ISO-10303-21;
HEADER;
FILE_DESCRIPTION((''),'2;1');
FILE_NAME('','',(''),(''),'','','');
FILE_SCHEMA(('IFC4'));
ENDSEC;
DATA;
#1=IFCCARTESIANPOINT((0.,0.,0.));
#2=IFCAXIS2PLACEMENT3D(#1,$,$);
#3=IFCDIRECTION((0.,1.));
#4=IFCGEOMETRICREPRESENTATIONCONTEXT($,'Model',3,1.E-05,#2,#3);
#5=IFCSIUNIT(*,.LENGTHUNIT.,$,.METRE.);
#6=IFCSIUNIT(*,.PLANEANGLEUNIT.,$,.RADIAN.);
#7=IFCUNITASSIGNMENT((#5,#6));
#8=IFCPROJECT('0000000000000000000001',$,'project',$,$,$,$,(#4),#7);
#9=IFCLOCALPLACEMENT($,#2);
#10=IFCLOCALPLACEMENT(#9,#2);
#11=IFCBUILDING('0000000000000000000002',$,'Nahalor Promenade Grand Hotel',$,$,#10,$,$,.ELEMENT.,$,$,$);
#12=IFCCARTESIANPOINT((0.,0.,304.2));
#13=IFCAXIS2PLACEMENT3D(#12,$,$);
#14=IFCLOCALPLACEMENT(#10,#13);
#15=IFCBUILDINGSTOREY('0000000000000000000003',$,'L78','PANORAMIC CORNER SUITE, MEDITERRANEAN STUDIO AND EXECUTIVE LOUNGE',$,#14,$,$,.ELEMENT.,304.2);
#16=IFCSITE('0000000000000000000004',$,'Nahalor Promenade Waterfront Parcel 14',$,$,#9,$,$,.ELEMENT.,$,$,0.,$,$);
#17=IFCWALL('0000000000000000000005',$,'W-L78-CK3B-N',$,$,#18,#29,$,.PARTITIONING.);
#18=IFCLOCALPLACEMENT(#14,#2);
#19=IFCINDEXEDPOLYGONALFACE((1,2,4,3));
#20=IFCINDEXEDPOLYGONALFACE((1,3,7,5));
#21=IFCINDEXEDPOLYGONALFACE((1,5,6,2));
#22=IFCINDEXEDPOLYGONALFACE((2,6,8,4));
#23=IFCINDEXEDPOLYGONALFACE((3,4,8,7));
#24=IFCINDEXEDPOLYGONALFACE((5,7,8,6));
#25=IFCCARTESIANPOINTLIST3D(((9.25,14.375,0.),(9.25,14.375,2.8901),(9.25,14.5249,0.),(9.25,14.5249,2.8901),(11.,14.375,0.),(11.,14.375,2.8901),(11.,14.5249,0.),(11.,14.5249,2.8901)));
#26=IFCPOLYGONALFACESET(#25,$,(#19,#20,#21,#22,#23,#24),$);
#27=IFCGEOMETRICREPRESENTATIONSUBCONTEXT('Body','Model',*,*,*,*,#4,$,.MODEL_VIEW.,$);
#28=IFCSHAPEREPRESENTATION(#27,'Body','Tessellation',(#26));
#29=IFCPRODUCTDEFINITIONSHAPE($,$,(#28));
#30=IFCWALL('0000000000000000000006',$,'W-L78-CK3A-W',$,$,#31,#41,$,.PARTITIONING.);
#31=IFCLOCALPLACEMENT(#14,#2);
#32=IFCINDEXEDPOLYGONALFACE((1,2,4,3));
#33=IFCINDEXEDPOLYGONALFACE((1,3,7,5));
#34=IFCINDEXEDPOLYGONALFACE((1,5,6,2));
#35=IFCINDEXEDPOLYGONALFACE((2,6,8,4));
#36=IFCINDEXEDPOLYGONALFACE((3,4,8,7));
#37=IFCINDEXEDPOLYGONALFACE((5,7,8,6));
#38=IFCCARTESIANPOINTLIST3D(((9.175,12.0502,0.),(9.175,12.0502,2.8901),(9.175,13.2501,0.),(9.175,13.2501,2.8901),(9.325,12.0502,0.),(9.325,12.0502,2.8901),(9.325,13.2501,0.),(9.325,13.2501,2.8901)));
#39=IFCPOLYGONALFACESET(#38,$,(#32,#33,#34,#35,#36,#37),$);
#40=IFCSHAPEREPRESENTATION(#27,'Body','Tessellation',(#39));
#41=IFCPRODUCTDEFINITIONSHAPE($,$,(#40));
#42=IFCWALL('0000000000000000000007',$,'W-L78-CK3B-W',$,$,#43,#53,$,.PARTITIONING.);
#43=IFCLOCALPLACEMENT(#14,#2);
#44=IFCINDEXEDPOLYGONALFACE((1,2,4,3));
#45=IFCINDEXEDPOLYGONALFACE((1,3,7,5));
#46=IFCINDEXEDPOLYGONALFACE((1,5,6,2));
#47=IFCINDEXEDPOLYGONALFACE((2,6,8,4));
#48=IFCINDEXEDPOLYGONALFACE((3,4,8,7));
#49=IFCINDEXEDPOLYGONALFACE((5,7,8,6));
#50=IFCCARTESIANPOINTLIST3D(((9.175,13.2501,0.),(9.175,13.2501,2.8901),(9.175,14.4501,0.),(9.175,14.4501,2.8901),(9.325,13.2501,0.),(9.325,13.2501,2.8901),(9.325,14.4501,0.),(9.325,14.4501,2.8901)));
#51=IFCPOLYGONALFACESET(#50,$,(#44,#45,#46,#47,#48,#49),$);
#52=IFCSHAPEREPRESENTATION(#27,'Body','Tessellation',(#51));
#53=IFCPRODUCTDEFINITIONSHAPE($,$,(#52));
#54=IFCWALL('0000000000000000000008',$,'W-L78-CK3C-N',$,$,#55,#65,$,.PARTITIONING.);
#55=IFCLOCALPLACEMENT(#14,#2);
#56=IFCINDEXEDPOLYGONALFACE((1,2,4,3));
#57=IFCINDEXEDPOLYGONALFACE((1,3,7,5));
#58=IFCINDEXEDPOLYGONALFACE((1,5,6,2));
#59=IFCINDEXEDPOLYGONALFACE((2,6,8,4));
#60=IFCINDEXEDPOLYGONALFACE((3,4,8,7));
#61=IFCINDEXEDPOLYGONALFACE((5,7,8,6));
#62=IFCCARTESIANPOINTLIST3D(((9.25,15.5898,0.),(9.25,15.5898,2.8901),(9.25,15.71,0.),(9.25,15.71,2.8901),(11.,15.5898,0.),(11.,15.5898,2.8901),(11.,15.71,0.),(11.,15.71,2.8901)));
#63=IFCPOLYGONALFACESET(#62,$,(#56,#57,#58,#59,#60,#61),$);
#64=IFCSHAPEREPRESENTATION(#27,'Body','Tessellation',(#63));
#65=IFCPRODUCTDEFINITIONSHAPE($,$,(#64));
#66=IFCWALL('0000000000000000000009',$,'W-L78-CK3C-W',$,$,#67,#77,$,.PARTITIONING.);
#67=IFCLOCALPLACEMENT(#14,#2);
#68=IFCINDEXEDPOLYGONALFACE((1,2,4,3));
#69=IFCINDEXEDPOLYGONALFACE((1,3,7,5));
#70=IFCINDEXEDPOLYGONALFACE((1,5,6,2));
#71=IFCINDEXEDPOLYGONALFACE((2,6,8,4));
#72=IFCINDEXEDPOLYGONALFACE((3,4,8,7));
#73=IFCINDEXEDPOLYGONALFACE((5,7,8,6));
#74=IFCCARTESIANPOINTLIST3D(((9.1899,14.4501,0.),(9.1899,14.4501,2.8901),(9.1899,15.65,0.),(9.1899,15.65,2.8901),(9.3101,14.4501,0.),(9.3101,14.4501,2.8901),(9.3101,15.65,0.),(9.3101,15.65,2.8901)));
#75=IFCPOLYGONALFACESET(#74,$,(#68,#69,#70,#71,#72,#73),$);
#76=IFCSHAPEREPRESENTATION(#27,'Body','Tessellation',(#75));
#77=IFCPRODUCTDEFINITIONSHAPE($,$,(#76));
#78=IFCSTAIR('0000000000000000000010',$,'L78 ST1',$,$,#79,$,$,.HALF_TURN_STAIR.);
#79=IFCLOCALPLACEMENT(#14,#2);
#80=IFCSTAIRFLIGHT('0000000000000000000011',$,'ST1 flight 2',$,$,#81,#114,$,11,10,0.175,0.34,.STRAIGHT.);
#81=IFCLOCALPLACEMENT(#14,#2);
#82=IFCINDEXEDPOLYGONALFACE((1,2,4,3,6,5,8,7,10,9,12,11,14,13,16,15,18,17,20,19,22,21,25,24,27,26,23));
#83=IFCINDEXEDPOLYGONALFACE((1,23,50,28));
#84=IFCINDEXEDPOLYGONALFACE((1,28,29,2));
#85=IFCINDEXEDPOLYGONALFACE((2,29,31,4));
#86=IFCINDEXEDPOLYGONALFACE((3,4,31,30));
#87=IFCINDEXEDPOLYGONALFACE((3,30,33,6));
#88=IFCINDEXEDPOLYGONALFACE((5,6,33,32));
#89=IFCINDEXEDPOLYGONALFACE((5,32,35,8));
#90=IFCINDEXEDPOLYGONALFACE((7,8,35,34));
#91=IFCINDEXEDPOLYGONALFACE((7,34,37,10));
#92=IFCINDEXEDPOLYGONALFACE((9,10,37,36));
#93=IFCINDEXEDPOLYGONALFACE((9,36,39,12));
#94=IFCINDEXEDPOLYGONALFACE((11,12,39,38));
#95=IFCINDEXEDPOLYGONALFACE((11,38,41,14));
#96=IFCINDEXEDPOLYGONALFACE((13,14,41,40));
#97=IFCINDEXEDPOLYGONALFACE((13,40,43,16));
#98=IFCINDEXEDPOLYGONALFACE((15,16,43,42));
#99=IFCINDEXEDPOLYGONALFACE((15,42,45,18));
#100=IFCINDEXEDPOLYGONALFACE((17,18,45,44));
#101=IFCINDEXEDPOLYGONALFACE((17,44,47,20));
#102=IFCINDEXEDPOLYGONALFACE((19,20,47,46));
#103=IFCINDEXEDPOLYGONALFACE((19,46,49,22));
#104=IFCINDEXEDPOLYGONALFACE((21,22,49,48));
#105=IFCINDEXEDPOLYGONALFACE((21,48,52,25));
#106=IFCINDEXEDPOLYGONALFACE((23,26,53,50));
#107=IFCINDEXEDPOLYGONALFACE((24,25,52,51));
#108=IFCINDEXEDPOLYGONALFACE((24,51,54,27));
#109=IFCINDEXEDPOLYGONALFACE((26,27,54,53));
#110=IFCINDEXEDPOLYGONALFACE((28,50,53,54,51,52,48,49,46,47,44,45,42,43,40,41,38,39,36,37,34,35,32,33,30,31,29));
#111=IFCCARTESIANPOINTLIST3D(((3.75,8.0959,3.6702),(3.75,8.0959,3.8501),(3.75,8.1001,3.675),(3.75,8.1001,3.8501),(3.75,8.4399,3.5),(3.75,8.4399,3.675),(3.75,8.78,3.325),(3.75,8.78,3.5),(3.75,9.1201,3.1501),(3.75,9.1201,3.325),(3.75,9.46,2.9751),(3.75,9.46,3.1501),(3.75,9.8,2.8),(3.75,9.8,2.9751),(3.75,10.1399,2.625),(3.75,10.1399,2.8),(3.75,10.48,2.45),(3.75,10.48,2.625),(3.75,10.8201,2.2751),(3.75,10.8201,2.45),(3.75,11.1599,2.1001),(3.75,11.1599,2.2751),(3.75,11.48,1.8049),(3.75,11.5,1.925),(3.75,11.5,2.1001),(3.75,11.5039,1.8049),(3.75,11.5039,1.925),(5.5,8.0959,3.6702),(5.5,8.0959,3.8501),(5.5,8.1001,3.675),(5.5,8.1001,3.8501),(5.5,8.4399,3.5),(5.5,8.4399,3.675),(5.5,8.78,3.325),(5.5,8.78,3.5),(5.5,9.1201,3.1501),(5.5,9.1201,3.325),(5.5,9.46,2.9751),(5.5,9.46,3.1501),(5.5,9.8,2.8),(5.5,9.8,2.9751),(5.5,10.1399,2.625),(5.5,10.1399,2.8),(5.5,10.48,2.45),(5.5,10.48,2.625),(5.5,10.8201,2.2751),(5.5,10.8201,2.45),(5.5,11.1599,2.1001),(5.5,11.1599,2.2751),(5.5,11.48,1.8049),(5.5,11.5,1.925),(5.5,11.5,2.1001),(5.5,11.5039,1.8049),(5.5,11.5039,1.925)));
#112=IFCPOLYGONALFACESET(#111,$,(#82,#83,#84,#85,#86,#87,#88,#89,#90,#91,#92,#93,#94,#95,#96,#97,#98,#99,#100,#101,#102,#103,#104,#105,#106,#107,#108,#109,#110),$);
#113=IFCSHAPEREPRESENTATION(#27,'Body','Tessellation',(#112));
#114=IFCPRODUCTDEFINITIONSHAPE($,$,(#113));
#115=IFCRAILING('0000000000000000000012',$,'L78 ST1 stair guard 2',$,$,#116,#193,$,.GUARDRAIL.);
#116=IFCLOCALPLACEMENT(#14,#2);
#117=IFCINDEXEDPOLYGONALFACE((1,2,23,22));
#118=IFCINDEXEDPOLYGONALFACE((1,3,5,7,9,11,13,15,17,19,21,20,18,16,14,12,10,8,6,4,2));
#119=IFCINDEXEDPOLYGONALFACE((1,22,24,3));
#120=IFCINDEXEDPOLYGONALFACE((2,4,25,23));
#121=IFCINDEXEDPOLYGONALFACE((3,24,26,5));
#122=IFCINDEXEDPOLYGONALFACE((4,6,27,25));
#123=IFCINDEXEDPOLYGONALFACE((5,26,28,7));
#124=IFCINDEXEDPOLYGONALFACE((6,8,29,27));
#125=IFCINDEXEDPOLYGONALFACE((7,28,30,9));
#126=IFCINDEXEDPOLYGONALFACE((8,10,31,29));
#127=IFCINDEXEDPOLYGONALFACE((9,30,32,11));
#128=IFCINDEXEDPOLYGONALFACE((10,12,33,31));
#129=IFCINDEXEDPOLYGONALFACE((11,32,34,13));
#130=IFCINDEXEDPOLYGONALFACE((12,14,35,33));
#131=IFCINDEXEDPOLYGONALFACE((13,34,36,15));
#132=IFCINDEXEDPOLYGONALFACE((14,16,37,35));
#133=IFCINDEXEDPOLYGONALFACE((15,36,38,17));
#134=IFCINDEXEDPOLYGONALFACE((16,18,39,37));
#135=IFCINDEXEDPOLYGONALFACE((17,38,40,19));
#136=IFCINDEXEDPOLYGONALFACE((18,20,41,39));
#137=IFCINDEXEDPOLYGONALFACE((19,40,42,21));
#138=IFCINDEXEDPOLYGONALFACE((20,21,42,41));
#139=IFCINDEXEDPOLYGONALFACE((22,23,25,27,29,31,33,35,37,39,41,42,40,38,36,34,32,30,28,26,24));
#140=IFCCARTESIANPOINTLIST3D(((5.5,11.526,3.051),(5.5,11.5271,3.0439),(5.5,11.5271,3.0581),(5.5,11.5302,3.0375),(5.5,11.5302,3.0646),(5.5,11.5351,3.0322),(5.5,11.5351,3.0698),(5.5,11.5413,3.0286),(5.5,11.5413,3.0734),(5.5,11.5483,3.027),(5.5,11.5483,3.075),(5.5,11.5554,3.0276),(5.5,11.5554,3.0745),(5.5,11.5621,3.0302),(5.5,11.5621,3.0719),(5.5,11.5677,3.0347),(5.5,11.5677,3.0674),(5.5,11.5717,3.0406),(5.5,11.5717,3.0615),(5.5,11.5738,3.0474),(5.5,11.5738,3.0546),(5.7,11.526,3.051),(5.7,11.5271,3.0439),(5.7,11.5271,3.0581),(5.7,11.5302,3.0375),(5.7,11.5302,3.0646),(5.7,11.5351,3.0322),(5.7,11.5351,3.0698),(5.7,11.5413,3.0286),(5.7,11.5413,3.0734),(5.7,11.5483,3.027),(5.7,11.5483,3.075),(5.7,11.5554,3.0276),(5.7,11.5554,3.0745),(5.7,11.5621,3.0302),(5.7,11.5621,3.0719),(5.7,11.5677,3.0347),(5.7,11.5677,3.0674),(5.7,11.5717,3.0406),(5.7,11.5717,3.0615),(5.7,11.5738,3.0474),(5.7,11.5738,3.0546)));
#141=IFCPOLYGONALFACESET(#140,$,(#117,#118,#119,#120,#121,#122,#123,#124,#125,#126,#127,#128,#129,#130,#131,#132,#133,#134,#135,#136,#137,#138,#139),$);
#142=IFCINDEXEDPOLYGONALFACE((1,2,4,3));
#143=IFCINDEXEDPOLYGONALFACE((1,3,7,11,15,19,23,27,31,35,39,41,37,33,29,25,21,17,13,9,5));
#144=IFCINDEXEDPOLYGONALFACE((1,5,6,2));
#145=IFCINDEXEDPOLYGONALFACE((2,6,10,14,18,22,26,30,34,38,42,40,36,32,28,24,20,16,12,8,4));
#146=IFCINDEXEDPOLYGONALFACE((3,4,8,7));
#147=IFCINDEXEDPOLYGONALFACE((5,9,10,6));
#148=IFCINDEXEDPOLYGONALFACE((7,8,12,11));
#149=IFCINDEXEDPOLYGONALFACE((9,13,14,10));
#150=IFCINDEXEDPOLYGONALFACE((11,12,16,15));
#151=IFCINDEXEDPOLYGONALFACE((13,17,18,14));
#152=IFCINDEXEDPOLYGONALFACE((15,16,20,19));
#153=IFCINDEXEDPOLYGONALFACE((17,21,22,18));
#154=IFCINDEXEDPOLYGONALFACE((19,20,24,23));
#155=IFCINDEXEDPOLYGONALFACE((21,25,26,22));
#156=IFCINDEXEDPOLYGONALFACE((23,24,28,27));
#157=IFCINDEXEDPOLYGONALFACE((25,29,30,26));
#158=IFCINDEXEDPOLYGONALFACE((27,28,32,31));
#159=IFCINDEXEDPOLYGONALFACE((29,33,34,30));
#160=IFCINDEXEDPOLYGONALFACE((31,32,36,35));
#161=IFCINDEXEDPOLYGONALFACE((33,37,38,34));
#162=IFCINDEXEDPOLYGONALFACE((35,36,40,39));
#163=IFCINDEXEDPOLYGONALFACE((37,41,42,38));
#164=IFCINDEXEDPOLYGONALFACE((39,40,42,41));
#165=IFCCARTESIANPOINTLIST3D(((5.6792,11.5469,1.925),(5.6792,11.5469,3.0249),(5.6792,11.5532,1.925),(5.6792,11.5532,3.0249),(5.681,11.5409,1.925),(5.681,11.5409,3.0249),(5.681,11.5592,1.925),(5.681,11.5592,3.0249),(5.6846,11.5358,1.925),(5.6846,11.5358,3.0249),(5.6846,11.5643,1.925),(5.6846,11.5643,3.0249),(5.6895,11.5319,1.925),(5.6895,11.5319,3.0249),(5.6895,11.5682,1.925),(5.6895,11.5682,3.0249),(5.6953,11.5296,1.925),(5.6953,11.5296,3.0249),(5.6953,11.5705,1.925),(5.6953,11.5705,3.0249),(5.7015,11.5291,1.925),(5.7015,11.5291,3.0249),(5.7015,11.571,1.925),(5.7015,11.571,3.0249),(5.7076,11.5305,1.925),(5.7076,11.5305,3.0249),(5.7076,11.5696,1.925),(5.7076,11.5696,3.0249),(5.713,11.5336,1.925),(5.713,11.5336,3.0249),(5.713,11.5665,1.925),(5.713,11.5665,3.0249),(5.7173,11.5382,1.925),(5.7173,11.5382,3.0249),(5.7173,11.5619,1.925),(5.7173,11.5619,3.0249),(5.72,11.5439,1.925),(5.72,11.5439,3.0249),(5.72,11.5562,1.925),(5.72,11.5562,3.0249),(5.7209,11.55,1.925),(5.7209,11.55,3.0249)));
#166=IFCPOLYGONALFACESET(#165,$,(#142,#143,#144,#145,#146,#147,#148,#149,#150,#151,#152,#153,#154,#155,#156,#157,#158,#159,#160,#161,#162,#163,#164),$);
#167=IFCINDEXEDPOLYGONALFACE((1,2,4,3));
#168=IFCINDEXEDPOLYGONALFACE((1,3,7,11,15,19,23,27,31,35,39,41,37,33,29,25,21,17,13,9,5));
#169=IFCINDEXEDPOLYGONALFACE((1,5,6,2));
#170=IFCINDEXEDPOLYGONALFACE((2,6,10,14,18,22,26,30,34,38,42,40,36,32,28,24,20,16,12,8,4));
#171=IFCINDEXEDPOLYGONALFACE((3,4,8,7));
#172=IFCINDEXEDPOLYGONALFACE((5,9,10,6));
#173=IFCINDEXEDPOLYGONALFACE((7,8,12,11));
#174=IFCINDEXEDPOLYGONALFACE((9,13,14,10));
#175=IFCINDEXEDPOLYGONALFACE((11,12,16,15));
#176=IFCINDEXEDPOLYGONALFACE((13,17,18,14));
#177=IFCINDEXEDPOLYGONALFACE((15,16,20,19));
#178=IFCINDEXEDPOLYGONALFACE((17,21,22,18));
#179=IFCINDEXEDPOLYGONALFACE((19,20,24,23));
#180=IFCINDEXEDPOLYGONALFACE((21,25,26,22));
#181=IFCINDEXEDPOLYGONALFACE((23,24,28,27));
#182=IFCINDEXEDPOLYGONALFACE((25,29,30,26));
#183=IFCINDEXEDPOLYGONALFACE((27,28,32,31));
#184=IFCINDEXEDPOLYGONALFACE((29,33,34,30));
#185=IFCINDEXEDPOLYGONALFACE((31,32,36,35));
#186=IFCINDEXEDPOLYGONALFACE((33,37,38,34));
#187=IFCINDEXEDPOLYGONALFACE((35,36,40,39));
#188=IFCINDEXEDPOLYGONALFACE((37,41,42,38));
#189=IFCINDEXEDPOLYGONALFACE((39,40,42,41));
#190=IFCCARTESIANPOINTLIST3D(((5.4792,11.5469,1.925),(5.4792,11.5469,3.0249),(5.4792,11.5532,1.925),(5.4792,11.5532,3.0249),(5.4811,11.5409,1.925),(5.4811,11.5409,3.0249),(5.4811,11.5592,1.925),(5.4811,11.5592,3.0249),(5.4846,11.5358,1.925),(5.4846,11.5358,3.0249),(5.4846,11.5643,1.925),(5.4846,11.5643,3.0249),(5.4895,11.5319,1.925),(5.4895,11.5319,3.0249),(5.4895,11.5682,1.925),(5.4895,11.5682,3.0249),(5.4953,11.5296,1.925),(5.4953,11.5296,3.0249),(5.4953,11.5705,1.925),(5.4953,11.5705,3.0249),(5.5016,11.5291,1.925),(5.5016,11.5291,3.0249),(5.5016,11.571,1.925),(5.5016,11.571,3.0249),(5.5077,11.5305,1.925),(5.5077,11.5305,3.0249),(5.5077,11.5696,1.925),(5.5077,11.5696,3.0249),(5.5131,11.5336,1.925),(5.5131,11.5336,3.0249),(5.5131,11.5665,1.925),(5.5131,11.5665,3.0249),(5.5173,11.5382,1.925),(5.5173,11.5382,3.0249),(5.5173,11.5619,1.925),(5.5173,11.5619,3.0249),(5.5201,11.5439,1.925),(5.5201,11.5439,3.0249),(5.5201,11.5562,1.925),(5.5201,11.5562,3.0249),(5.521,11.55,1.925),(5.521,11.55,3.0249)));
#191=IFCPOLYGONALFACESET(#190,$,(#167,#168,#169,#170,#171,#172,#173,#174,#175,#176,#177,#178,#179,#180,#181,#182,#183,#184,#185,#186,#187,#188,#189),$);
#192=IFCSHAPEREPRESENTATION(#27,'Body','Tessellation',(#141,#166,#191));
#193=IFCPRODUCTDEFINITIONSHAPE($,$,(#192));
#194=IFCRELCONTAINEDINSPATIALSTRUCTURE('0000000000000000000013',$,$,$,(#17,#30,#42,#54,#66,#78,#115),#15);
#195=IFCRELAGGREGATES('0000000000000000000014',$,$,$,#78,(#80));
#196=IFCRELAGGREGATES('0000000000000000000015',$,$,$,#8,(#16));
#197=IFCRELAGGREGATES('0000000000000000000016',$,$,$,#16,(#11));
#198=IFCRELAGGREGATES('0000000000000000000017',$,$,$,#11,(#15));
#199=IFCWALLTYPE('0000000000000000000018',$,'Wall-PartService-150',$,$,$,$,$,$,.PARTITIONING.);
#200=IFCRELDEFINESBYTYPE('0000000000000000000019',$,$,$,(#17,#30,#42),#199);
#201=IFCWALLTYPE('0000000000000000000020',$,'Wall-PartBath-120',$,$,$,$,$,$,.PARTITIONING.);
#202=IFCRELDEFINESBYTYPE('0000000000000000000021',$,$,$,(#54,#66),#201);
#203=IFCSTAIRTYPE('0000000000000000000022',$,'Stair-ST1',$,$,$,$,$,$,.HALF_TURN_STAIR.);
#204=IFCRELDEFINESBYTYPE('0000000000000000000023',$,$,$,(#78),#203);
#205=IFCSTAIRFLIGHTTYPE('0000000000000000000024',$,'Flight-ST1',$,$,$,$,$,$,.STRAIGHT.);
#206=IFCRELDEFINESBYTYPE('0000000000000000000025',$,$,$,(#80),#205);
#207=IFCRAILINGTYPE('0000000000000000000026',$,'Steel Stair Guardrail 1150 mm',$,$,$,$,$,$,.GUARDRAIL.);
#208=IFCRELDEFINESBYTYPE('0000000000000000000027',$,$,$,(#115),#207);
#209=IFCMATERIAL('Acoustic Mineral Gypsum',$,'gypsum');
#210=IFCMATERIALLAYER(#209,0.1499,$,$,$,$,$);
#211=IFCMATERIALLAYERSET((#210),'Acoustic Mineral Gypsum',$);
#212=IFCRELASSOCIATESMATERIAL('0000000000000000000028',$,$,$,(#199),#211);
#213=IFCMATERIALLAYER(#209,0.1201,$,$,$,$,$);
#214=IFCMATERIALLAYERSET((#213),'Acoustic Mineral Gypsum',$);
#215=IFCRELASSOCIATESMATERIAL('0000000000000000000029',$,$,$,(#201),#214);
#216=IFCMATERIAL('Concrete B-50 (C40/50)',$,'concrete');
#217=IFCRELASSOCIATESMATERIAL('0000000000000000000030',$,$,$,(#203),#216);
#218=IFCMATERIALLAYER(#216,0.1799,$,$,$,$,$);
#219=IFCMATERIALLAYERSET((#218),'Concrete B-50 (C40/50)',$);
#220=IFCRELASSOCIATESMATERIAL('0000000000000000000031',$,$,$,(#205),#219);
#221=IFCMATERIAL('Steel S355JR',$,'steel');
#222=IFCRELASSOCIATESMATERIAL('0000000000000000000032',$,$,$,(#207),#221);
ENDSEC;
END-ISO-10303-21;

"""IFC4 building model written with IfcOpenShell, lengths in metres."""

from ifc_helpers import new_model, si_unit, direction, frame, frame_2d, origin, origin_2d, place, context, subcontext, project, spatial, polyline, rectangle, circle, outline, extrude, source, transform, mapped, material, layer, layer_set, type_object, element, aggregate, save


model = new_model("IFC4")

# Units and contexts
model_context = context("Model", 3, precision=1e-05, world=origin(), true_north=direction((0.0, 1.0)))
body_context = subcontext(model_context, "Body", "Model", "MODEL_VIEW")
ifc_project = project(units=[si_unit("LENGTHUNIT", "METRE"), si_unit("PLANEANGLEUNIT", "RADIAN")], contexts=[model_context])

# Site, building, storey
site_placement = place(None, origin())
site = spatial("IfcSite", under=ifc_project, at=site_placement, Name="Nahalor Promenade Waterfront Parcel 14", CompositionType="ELEMENT", RefElevation=0.0)
building_placement = place(site_placement, origin())
building = spatial("IfcBuilding", under=site, at=building_placement, Name="Nahalor Promenade Grand Hotel", CompositionType="ELEMENT")
storey_placement = place(building_placement, frame((0.0, 0.0, 304.2)))
storey = spatial("IfcBuildingStorey", under=building, at=storey_placement, Name="L78", Description="PANORAMIC CORNER SUITE, MEDITERRANEAN STUDIO AND EXECUTIVE LOUNGE", CompositionType="ELEMENT", Elevation=304.2)

# Shared definitions
ifc_material_1 = material(Name="Concrete B-50 (C40/50)", Category="concrete")
ifc_material_2 = material(Name="Steel S355JR", Category="steel")

# Walls
ifc_material_3 = material(Name="Acoustic Mineral Gypsum", Category="gypsum")
ifc_layer_1 = layer(ifc_material_3, 0.1499)
ifc_layer_set_1 = layer_set([ifc_layer_1], Name="Acoustic Mineral Gypsum")
wall_type_1 = type_object("IfcWallType", Name="Wall-PartService-150", PredefinedType="PARTITIONING", material=ifc_layer_set_1)
shared_shape_1 = source(origin(), body_context, "Body", "SweptSolid", [
    extrude(rectangle(XDim=1.75, YDim=0.1499, at=frame_2d((0.875, 0.0))), origin(), (0.0, 0.0, 1.0), 2.8901),
])
for number, where, z_axis, x_axis, name in (
    (1, (9.25, 14.45, 0.0), (0.0, 0.0, 1.0), (1.0, 0.0, 0.0), "W-L78-CK3B-N"),
):
    element("IfcWall", number, at=place(storey_placement, frame(where, z_axis=z_axis, x_axis=x_axis)), inside=storey, type_object=wall_type_1, Name=name, PredefinedType="PARTITIONING", context=body_context, shape_type="MappedRepresentation", body=[
        mapped(shared_shape_1, transform((0.0, 0.0, 0.0), scale=1.0)),
    ])
shared_shape_2 = source(origin(), body_context, "Body", "SweptSolid", [
    extrude(rectangle(XDim=1.2, YDim=0.1499, at=frame_2d((0.6001, 0.0))), origin(), (0.0, 0.0, 1.0), 2.8901),
])
for number, where, z_axis, x_axis, name in (
    (2, (9.25, 12.05, 0.0), (0.0, 0.0, 1.0), (0.0, 1.0, 0.0), "W-L78-CK3A-W"),
    (3, (9.25, 13.25, 0.0), (0.0, 0.0, 1.0), (0.0, 1.0, 0.0), "W-L78-CK3B-W"),
):
    element("IfcWall", number, at=place(storey_placement, frame(where, z_axis=z_axis, x_axis=x_axis)), inside=storey, type_object=wall_type_1, Name=name, PredefinedType="PARTITIONING", context=body_context, shape_type="MappedRepresentation", body=[
        mapped(shared_shape_2, transform((0.0, 0.0, 0.0), scale=1.0)),
    ])
ifc_layer_2 = layer(ifc_material_3, 0.1201)
ifc_layer_set_2 = layer_set([ifc_layer_2], Name="Acoustic Mineral Gypsum")
wall_type_2 = type_object("IfcWallType", Name="Wall-PartBath-120", PredefinedType="PARTITIONING", material=ifc_layer_set_2)
shared_shape_3 = source(origin(), body_context, "Body", "SweptSolid", [
    extrude(rectangle(XDim=1.75, YDim=0.1201, at=frame_2d((0.875, 0.0))), origin(), (0.0, 0.0, 1.0), 2.8901),
])
wall_1_placement = place(storey_placement, frame((9.25, 15.6499, 0.0), z_axis=(0.0, 0.0, 1.0), x_axis=(1.0, 0.0, 0.0)))
element("IfcWall", 4, at=wall_1_placement, inside=storey, type_object=wall_type_2, Name="W-L78-CK3C-N", PredefinedType="PARTITIONING", context=body_context, shape_type="MappedRepresentation", body=[
    mapped(shared_shape_3, transform((0.0, 0.0, 0.0), scale=1.0)),
])
shared_shape_4 = source(origin(), body_context, "Body", "SweptSolid", [
    extrude(rectangle(XDim=1.2, YDim=0.1201, at=frame_2d((0.6001, 0.0))), origin(), (0.0, 0.0, 1.0), 2.8901),
])
wall_2_placement = place(storey_placement, frame((9.25, 14.45, 0.0), z_axis=(0.0, 0.0, 1.0), x_axis=(0.0, 1.0, 0.0)))
element("IfcWall", 5, at=wall_2_placement, inside=storey, type_object=wall_type_2, Name="W-L78-CK3C-W", PredefinedType="PARTITIONING", context=body_context, shape_type="MappedRepresentation", body=[
    mapped(shared_shape_4, transform((0.0, 0.0, 0.0), scale=1.0)),
])

# Stair, stair flight
stair_type = type_object("IfcStairType", Name="Stair-ST1", PredefinedType="HALF_TURN_STAIR", material=ifc_material_1)
stair_placement = place(storey_placement, origin())
stair = element("IfcStair", 6, at=stair_placement, inside=storey, type_object=stair_type, Name="L78 ST1", PredefinedType="HALF_TURN_STAIR")
ifc_layer_3 = layer(ifc_material_1, 0.1799)
ifc_layer_set_3 = layer_set([ifc_layer_3], Name="Concrete B-50 (C40/50)")
stair_flight_type = type_object("IfcStairFlightType", Name="Flight-ST1", PredefinedType="STRAIGHT", material=ifc_layer_set_3)
shared_shape_5 = source(origin(), body_context, "Body", "SweptSolid", [
    extrude(outline(polyline([(-0.0039, -0.1201), (-0.0039, 0.0), (0.0, 0.0), (0.0, 0.175), (0.3401, 0.175), (0.3401, 0.3501), (0.6799, 0.3501), (0.6799, 0.5249), (1.02, 0.5249), (1.02, 0.7), (1.3601, 0.7), (1.3601, 0.875), (1.7, 0.875), (1.7, 1.05), (2.04, 1.05), (2.04, 1.2251), (2.3799, 1.2251), (2.3799, 1.3999), (2.72, 1.3999), (2.72, 1.575), (3.0601, 1.575), (3.0601, 1.75), (3.3999, 1.75), (3.3999, 1.925), (3.4041, 1.925), (3.4041, 1.7451), (0.02, -0.1201), (-0.0039, -0.1201)])), frame((0.0, 0.875, 0.0), z_axis=(0.0, -1.0, 0.0), x_axis=(1.0, 0.0, 0.0)), (0.0, 0.0, 1.0), 1.75),
])
stair_flight_placement = place(storey_placement, frame((4.625, 11.5, 1.925), z_axis=(0.0, 0.0, 1.0), x_axis=(0.0, -1.0, 0.0)))
stair_flight = element("IfcStairFlight", 7, at=stair_flight_placement, type_object=stair_flight_type, Name="ST1 flight 2", NumberOfRisers=11, NumberOfTreads=10, PredefinedType="STRAIGHT", RiserHeight=0.175, TreadLength=0.34, context=body_context, shape_type="MappedRepresentation", body=[
    mapped(shared_shape_5, transform((0.0, 0.0, 0.0), scale=1.0)),
])
aggregate(stair, [stair_flight])

# Railing
railing_type_1 = type_object("IfcRailingType", Name="Steel Stair Guardrail 1150 mm", PredefinedType="GUARDRAIL", material=ifc_material_2)
railing_1_placement = place(storey_placement, frame((5.7, 11.55, 1.925)))
element("IfcRailing", 8, at=railing_1_placement, inside=storey, type_object=railing_type_1, Name="L78 ST1 stair guard 2", PredefinedType="GUARDRAIL", context=body_context, shape_type="SweptSolid", body=[
    extrude(circle(Radius=0.024, at=origin_2d()), frame((0.0, 0.0, 1.126), z_axis=(-1.0, 0.0, 0.0), x_axis=(0.0, -1.0, 0.0)), (0.0, 0.0, 1.0), 0.2),
    extrude(circle(Radius=0.021, at=origin_2d()), origin(), (0.0, 0.0, 1.0), 1.0999),
    extrude(circle(Radius=0.021, at=origin_2d()), frame((-0.2, 0.0, 0.0)), (0.0, 0.0, 1.0), 1.0999),
])

save(model, "model.ifc")
